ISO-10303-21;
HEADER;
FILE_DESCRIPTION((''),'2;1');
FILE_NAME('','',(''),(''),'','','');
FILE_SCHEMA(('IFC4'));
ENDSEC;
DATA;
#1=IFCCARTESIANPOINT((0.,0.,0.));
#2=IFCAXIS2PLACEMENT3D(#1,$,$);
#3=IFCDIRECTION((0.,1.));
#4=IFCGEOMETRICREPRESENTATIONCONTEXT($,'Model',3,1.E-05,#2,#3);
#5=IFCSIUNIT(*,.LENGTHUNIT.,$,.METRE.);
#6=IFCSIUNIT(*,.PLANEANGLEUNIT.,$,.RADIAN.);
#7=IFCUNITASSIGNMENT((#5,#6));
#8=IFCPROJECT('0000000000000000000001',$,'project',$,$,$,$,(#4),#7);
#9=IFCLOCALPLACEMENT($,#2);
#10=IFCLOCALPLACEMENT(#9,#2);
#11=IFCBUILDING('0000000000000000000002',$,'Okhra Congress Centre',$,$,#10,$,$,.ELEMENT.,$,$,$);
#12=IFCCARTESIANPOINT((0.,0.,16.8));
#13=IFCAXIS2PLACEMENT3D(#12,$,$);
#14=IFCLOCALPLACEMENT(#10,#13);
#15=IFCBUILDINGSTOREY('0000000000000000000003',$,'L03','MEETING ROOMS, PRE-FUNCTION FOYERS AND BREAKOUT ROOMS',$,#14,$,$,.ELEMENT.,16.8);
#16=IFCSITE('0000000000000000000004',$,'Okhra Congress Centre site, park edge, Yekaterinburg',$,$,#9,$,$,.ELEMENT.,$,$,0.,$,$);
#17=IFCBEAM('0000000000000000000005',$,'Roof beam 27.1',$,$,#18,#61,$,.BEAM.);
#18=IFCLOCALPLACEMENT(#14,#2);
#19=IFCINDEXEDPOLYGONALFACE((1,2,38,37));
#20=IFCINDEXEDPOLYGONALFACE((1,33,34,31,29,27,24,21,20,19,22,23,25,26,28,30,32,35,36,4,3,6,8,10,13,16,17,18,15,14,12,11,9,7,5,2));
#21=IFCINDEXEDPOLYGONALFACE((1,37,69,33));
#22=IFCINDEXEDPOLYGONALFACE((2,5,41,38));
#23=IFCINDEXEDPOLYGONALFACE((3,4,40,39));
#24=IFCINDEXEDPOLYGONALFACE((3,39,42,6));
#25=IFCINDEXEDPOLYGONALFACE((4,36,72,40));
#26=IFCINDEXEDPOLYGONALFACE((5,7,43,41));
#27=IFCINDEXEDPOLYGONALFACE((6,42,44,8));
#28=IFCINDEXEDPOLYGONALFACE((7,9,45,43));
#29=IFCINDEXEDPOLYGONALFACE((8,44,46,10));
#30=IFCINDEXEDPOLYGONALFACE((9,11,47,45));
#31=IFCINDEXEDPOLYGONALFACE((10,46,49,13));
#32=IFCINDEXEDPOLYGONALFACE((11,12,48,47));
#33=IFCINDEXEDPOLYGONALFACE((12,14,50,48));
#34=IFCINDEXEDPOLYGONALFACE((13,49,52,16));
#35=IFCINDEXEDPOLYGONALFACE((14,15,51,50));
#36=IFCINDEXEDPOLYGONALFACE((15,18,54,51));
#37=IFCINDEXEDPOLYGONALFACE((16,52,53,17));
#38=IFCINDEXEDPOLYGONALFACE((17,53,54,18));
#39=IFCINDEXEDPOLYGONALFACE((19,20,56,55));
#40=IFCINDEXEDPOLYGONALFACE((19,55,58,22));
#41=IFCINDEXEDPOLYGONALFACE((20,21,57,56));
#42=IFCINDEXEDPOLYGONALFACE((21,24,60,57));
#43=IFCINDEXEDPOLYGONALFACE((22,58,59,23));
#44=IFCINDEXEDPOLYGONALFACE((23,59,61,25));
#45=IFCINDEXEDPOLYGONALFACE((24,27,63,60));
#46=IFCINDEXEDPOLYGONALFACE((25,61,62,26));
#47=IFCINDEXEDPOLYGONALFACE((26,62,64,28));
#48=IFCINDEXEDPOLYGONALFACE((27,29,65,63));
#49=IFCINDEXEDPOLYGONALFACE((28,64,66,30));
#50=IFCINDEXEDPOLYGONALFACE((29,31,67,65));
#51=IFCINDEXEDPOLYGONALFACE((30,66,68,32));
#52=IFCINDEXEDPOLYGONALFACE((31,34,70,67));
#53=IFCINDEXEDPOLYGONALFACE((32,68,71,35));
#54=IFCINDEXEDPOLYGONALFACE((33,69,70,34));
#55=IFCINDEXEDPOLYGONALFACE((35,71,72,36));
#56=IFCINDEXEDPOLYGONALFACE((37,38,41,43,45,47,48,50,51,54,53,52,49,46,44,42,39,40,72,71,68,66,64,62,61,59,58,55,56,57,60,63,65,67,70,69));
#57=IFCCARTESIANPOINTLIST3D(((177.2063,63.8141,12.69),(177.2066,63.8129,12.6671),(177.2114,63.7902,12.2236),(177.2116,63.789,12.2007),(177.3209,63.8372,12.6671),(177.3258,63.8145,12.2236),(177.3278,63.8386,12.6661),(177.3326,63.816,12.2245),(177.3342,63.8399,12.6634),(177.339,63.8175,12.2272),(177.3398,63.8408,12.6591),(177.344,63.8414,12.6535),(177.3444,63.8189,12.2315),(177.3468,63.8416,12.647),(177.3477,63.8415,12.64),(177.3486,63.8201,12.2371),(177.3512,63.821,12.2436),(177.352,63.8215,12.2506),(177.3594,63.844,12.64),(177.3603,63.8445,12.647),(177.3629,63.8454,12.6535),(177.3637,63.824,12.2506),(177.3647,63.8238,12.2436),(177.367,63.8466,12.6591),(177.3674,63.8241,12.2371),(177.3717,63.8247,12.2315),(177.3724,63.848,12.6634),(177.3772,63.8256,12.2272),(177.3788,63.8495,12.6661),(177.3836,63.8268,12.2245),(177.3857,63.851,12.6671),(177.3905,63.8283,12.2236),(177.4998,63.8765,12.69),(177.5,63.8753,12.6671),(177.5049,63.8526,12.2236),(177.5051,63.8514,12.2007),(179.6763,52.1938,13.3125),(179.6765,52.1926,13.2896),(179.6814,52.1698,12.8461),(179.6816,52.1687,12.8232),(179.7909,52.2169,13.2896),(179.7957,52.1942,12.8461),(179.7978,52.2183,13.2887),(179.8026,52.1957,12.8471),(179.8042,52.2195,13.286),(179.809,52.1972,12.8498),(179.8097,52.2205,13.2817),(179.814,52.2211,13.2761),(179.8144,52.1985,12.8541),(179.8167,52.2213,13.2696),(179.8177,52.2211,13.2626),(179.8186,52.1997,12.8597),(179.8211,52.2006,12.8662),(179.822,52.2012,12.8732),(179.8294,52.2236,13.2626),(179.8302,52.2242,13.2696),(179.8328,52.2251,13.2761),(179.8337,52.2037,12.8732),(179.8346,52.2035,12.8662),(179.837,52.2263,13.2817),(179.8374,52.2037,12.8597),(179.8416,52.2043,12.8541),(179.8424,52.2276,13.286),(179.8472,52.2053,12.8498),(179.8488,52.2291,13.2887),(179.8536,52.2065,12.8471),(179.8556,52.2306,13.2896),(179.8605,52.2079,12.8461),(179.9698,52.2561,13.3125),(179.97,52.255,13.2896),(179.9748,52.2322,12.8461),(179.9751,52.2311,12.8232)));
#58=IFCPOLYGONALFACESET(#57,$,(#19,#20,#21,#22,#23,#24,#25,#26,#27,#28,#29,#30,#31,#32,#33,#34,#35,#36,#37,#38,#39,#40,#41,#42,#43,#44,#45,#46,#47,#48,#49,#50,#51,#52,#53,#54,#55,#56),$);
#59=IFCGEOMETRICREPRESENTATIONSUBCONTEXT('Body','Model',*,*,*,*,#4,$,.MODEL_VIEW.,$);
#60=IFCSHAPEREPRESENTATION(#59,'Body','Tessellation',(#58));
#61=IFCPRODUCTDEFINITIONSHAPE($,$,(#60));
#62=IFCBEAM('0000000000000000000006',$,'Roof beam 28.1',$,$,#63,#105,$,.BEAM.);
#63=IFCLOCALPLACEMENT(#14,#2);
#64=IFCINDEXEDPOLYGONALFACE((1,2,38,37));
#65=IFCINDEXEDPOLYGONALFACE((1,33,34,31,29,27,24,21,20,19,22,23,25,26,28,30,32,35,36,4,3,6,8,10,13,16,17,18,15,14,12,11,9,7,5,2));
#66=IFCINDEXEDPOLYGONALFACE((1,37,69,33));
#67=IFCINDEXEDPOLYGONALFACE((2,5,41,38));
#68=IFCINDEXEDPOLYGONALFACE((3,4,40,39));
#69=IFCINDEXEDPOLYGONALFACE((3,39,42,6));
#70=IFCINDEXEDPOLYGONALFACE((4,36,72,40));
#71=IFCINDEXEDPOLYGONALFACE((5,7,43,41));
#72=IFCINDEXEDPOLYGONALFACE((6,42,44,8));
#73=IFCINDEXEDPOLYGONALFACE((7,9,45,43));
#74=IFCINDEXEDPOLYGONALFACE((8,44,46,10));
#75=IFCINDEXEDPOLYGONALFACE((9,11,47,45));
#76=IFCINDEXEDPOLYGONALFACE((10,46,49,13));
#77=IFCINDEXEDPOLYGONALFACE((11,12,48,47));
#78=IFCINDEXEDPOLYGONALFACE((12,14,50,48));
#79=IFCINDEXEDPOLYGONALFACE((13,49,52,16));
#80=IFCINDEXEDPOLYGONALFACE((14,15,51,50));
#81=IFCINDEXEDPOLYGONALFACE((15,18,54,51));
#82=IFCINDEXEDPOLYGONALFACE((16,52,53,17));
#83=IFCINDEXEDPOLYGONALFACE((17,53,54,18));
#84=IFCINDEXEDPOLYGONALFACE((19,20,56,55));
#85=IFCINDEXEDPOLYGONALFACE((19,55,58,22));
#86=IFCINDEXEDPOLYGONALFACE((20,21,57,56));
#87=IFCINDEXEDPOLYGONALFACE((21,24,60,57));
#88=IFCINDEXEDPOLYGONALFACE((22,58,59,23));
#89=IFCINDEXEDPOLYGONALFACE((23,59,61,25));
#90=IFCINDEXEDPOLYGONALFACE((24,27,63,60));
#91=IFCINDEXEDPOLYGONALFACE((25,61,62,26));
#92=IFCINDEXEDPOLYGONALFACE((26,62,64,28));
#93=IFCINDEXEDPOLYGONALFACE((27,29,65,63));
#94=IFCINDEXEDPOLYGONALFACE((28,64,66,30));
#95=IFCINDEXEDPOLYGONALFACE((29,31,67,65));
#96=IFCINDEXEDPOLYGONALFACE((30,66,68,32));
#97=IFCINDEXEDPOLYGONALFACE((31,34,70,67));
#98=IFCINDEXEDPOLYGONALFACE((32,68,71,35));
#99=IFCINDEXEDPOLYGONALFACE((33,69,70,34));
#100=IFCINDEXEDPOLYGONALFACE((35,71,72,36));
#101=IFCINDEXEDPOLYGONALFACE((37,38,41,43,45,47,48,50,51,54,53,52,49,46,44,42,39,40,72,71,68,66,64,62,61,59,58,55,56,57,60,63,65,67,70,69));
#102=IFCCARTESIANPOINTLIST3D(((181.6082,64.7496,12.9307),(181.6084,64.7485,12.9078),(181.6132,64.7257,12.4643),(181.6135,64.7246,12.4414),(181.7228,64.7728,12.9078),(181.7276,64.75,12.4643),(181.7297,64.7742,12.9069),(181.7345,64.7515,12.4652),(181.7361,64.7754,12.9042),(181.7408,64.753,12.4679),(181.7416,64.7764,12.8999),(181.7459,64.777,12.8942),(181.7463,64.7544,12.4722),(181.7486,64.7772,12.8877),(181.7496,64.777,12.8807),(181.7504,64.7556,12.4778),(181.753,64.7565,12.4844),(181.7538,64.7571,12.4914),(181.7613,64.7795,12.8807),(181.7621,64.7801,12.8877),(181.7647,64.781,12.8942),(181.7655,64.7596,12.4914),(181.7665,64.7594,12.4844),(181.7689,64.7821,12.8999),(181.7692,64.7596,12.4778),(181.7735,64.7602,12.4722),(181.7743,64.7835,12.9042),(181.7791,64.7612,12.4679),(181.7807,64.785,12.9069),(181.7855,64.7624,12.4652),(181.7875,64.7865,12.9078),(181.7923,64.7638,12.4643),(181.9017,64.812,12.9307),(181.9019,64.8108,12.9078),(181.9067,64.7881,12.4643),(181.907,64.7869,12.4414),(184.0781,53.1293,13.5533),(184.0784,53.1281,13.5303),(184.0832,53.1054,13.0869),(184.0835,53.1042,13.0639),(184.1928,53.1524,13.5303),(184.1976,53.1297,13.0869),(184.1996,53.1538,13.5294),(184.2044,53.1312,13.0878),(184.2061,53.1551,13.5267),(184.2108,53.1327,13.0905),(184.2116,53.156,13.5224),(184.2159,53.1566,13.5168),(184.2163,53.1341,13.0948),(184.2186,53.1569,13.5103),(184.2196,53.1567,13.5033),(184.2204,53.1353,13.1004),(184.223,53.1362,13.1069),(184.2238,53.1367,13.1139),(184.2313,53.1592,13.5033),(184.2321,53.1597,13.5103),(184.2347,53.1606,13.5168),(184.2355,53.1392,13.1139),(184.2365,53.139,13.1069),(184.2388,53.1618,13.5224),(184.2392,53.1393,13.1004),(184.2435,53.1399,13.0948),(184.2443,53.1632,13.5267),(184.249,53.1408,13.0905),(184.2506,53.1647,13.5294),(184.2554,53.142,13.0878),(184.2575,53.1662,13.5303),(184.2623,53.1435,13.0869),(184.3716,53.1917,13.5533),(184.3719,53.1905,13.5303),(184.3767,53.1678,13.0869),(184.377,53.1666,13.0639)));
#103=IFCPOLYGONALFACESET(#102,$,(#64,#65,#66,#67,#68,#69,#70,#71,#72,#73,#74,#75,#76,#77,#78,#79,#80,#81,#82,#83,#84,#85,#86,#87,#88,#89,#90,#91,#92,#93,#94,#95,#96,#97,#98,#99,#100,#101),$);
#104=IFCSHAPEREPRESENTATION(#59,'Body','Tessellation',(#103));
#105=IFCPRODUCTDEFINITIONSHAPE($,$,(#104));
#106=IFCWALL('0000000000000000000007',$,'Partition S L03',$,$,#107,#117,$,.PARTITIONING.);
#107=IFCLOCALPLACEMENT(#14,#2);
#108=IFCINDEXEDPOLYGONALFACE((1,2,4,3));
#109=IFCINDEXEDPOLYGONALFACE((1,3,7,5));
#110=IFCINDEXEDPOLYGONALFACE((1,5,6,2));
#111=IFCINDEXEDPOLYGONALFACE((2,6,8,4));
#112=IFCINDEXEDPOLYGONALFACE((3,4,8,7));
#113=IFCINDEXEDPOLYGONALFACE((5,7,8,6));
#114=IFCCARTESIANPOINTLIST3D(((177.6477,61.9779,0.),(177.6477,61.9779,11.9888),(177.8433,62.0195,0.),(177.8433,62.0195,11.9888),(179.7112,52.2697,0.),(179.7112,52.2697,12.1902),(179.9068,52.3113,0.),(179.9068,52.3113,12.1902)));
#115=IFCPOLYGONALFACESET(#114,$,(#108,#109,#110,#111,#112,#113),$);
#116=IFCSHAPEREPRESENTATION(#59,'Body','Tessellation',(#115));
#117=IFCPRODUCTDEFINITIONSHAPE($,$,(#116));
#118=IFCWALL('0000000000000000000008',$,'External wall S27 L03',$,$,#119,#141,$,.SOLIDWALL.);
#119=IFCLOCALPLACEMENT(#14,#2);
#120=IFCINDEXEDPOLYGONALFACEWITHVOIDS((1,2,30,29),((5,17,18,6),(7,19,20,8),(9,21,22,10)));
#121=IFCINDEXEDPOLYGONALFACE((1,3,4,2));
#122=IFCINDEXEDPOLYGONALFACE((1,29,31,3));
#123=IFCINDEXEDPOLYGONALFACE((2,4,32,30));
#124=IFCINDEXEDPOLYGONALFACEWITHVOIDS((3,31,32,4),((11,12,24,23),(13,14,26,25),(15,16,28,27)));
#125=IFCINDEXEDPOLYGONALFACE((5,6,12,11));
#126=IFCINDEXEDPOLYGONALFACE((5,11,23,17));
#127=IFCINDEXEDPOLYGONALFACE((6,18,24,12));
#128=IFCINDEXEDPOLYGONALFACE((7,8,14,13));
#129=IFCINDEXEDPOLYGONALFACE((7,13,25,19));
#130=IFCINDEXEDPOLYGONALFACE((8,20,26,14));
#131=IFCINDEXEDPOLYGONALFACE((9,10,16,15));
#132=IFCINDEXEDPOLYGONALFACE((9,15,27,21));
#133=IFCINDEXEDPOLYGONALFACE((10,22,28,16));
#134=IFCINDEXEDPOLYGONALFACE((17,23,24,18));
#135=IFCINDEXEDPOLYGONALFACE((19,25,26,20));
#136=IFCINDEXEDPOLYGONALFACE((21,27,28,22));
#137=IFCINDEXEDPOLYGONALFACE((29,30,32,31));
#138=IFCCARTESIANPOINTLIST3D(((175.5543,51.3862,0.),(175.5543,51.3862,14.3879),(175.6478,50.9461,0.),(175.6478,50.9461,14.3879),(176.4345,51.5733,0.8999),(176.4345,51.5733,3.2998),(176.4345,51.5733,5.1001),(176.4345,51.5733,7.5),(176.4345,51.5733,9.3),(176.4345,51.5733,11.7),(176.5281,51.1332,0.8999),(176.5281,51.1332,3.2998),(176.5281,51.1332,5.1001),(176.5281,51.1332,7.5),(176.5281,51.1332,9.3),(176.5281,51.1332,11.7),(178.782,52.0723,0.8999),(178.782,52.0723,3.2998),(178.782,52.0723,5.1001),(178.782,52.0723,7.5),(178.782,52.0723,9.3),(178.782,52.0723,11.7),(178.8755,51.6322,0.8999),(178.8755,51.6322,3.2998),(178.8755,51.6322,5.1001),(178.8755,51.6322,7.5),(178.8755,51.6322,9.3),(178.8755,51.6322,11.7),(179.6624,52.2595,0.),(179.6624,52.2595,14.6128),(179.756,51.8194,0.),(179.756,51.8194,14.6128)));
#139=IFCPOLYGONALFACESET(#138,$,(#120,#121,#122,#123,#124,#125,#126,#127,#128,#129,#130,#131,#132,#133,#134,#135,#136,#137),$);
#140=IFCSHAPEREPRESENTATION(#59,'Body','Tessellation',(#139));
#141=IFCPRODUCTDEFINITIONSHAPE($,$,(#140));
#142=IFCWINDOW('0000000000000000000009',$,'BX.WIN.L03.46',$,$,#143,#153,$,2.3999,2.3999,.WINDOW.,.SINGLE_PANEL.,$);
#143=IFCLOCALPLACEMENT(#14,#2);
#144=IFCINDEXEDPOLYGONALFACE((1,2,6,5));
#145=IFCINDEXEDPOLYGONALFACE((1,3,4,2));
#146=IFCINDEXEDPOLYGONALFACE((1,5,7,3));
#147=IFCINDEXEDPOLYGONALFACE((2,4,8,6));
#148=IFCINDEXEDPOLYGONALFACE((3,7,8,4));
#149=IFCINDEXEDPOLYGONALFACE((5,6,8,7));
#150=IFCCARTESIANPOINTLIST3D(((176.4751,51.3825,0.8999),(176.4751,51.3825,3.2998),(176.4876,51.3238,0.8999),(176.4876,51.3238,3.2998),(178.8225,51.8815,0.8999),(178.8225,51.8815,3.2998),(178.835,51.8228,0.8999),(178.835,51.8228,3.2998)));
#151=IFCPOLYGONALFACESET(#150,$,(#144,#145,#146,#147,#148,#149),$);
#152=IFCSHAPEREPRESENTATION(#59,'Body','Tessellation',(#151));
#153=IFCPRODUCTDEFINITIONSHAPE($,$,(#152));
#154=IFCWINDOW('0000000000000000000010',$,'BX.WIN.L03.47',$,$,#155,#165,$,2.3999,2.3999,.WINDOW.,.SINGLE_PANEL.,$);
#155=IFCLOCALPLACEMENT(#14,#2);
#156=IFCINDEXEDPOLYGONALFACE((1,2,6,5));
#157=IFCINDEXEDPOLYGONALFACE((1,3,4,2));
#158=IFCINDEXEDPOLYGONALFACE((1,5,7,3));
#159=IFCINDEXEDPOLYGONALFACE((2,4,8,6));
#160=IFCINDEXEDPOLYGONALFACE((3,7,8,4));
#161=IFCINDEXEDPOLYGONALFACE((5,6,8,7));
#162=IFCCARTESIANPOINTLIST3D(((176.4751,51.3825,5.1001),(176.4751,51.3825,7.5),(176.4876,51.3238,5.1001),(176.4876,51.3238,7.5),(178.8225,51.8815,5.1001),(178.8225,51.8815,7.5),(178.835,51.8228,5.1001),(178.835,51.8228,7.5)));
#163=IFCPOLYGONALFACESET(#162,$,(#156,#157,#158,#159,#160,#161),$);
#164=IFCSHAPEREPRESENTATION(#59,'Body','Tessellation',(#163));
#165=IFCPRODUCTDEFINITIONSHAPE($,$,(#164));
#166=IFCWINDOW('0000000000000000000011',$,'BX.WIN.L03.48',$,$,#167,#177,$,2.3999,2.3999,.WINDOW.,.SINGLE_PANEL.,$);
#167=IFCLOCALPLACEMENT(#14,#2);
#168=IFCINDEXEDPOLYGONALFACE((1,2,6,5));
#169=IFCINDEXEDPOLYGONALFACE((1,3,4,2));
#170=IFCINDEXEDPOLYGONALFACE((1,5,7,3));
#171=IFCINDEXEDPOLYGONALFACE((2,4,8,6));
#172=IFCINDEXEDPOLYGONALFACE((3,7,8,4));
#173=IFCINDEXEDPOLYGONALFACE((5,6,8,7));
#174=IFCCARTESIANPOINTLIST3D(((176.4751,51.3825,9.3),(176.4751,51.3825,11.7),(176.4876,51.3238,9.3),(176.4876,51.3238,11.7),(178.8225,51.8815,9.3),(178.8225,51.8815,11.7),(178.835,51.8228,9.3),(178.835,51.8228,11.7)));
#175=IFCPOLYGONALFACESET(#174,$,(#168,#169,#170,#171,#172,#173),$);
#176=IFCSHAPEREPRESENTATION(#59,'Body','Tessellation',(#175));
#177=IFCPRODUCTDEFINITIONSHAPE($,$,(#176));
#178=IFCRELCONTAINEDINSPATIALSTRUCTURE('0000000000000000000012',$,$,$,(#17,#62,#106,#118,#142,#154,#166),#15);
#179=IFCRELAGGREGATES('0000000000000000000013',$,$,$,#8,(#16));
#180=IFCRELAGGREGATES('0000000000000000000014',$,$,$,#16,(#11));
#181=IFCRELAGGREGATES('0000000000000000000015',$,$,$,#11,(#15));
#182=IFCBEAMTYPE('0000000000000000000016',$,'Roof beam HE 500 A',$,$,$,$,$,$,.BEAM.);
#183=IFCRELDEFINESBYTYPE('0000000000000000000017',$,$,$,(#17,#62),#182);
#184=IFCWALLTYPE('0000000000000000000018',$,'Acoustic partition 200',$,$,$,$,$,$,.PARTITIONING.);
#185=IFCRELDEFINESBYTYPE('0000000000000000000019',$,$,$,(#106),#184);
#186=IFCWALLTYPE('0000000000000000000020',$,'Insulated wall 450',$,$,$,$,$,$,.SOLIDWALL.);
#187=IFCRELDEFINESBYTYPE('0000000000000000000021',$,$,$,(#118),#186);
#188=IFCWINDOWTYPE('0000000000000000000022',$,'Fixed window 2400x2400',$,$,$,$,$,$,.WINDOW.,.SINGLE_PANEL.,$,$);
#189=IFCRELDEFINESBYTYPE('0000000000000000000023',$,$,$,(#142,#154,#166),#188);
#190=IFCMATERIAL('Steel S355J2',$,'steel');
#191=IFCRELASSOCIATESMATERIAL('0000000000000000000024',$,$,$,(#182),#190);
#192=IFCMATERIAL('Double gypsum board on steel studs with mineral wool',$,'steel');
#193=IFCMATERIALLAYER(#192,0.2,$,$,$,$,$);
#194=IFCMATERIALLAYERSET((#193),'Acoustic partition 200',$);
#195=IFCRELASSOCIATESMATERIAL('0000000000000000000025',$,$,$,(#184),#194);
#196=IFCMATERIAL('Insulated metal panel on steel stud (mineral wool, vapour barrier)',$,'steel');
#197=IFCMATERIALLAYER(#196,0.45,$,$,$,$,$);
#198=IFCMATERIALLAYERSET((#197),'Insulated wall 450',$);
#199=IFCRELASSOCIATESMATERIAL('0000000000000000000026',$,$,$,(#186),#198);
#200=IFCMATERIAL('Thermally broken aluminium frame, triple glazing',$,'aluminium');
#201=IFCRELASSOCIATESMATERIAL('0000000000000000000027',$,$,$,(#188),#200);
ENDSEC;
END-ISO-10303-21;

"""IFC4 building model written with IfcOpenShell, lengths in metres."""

from ifc_helpers import new_model, si_unit, direction, frame, frame_2d, origin, origin_2d, place, context, subcontext, project, spatial, polyline, rectangle, i_section, outline, extrude, material, layer, layer_set, material_profile, profile_set, type_object, element, fill, save


model = new_model("IFC4")

# Units and contexts
model_context = context("Model", 3, precision=1e-05, world=origin(), true_north=direction((0.0, 1.0)))
body_context = subcontext(model_context, "Body", "Model", "MODEL_VIEW")
ifc_project = project(units=[si_unit("LENGTHUNIT", "METRE"), si_unit("PLANEANGLEUNIT", "RADIAN")], contexts=[model_context])

# Site, building, storey
site_placement = place(None, origin())
site = spatial("IfcSite", under=ifc_project, at=site_placement, Name="Okhra Congress Centre site, park edge, Yekaterinburg", CompositionType="ELEMENT", RefElevation=0.0)
building_placement = place(site_placement, origin())
building = spatial("IfcBuilding", under=site, at=building_placement, Name="Okhra Congress Centre", CompositionType="ELEMENT")
storey_placement = place(building_placement, frame((0.0, 0.0, 16.8)))
storey = spatial("IfcBuildingStorey", under=building, at=storey_placement, Name="L03", Description="MEETING ROOMS, PRE-FUNCTION FOYERS AND BREAKOUT ROOMS", CompositionType="ELEMENT", Elevation=16.8)

# Shared definitions
ifc_material_1 = material(Name="Steel S355J2", Category="steel")

# Beams
ifc_material_profile_1 = material_profile(ifc_material_1, i_section(OverallWidth=0.3, OverallDepth=0.49, WebThickness=0.012, FlangeThickness=0.0229, FilletRadius=0.0271, at=origin_2d()), Name="HE 500 A")
ifc_profile_set_1 = profile_set([ifc_material_profile_1], Name="Steel S355J2")
beam_type = type_object("IfcBeamType", Name="Roof beam HE 500 A", PredefinedType="BEAM", material=ifc_profile_set_1)
for number, where, z_axis, x_axis, name in (
    (1, (179.8257, 52.2124, 13.0679), (-0.207626, 0.976808, -0.052332), (-0.978148, -0.207911, 0.0), "Roof beam 27.1"),
    (2, (184.2275, 53.1479, 13.3086), (-0.207626, 0.976808, -0.052332), (-0.978148, -0.207911, 0.0), "Roof beam 28.1"),
):
    element("IfcBeam", number, at=place(storey_placement, frame(where, z_axis=z_axis, x_axis=x_axis)), inside=storey, type_object=beam_type, Name=name, PredefinedType="BEAM", context=body_context, shape_type="SweptSolid", body=[
        extrude(i_section(OverallWidth=0.3, OverallDepth=0.49, WebThickness=0.012, FlangeThickness=0.0229, FilletRadius=0.0271, at=origin_2d()), origin(), (0.0, 0.0, 1.0), 11.8962),
    ])

# Wall
ifc_material_2 = material(Name="Double gypsum board on steel studs with mineral wool", Category="steel")
ifc_layer_1 = layer(ifc_material_2, 0.2)
ifc_layer_set_1 = layer_set([ifc_layer_1], Name="Acoustic partition 200")
wall_type_1 = type_object("IfcWallType", Name="Acoustic partition 200", PredefinedType="PARTITIONING", material=ifc_layer_set_1)
wall_1_placement = place(storey_placement, frame((179.8091, 52.2905, 0.0), z_axis=(0.0, 0.0, 1.0), x_axis=(-0.207904, 0.978149, 0.0)))
element("IfcWall", 3, at=wall_1_placement, inside=storey, type_object=wall_type_1, Name="Partition S L03", PredefinedType="PARTITIONING", context=body_context, shape_type="SweptSolid", body=[
    extrude(outline(polyline([(0.0, 0.0), (9.925, 0.0), (9.925, 11.9888), (0.0, 12.1902), (0.0, 0.0)])), frame((0.0, 0.1001, 0.0), z_axis=(0.0, -1.0, 0.0), x_axis=(1.0, 0.0, 0.0)), (0.0, 0.0, 1.0), 0.2),
])

# Wall, openings, windows
ifc_material_3 = material(Name="Insulated metal panel on steel stud (mineral wool, vapour barrier)", Category="steel")
ifc_layer_2 = layer(ifc_material_3, 0.45)
ifc_layer_set_2 = layer_set([ifc_layer_2], Name="Insulated wall 450")
wall_type_2 = type_object("IfcWallType", Name="Insulated wall 450", PredefinedType="SOLIDWALL", material=ifc_layer_set_2)
wall_2_placement = place(storey_placement, frame((175.6011, 51.166, 0.0), z_axis=(0.0, 0.0, 1.0), x_axis=(0.978144, 0.207929, 0.0)))
wall_2 = element("IfcWall", 4, at=wall_2_placement, inside=storey, type_object=wall_type_2, Name="External wall S27 L03", PredefinedType="SOLIDWALL", context=body_context, shape_type="SweptSolid", body=[
    extrude(outline(polyline([(0.0, 0.0), (4.2, 0.0), (4.2, 14.6128), (0.0, 14.3879), (0.0, 0.0)])), frame((0.0, 0.2251, 0.0), z_axis=(0.0, -1.0, 0.0), x_axis=(1.0, 0.0, 0.0)), (0.0, 0.0, 1.0), 0.45),
])
opening_1_placement = place(wall_2_placement, frame((0.8999, 0.0, 0.8999)))
opening_1 = element("IfcOpeningElement", 5, at=opening_1_placement, cuts=wall_2, PredefinedType="OPENING", context=body_context, shape_type="SweptSolid", body=[
    extrude(rectangle(XDim=2.3999, YDim=2.3999, at=frame_2d((1.2, 1.2))), frame((0.0, 0.2349, 0.0), z_axis=(0.0, -1.0, 0.0), x_axis=(1.0, 0.0, 0.0)), (0.0, 0.0, 1.0), 0.47),
])
opening_2_placement = place(wall_2_placement, frame((0.8999, 0.0, 5.1001)))
opening_2 = element("IfcOpeningElement", 6, at=opening_2_placement, cuts=wall_2, PredefinedType="OPENING", context=body_context, shape_type="SweptSolid", body=[
    extrude(rectangle(XDim=2.3999, YDim=2.3999, at=frame_2d((1.2, 1.2))), frame((0.0, 0.2349, 0.0), z_axis=(0.0, -1.0, 0.0), x_axis=(1.0, 0.0, 0.0)), (0.0, 0.0, 1.0), 0.47),
])
opening_3_placement = place(wall_2_placement, frame((0.8999, 0.0, 9.3)))
opening_3 = element("IfcOpeningElement", 7, at=opening_3_placement, cuts=wall_2, PredefinedType="OPENING", context=body_context, shape_type="SweptSolid", body=[
    extrude(rectangle(XDim=2.3999, YDim=2.3999, at=frame_2d((1.2, 1.2))), frame((0.0, 0.2349, 0.0), z_axis=(0.0, -1.0, 0.0), x_axis=(1.0, 0.0, 0.0)), (0.0, 0.0, 1.0), 0.47),
])
ifc_material_4 = material(Name="Thermally broken aluminium frame, triple glazing", Category="aluminium")
window_type_1 = type_object("IfcWindowType", Name="Fixed window 2400x2400", PartitioningType="SINGLE_PANEL", PredefinedType="WINDOW", material=ifc_material_4)
window_1_placement = place(opening_1_placement, origin())
window_1 = element("IfcWindow", 8, at=window_1_placement, inside=storey, type_object=window_type_1, Name="BX.WIN.L03.46", OverallHeight=2.3999, OverallWidth=2.3999, PartitioningType="SINGLE_PANEL", PredefinedType="WINDOW", context=body_context, shape_type="SweptSolid", body=[
    extrude(rectangle(XDim=2.3999, YDim=2.3999, at=frame_2d((1.2, 1.2))), frame((0.0, 0.03, 0.0), z_axis=(0.0, -1.0, 0.0), x_axis=(1.0, 0.0, 0.0)), (0.0, 0.0, 1.0), 0.0601),
])
fill(opening_1, window_1)
window_2_placement = place(opening_2_placement, origin())
window_2 = element("IfcWindow", 9, at=window_2_placement, inside=storey, type_object=window_type_1, Name="BX.WIN.L03.47", OverallHeight=2.3999, OverallWidth=2.3999, PartitioningType="SINGLE_PANEL", PredefinedType="WINDOW", context=body_context, shape_type="SweptSolid", body=[
    extrude(rectangle(XDim=2.3999, YDim=2.3999, at=frame_2d((1.2, 1.2))), frame((0.0, 0.03, 0.0), z_axis=(0.0, -1.0, 0.0), x_axis=(1.0, 0.0, 0.0)), (0.0, 0.0, 1.0), 0.0601),
])
fill(opening_2, window_2)
window_3_placement = place(opening_3_placement, origin())
window_3 = element("IfcWindow", 10, at=window_3_placement, inside=storey, type_object=window_type_1, Name="BX.WIN.L03.48", OverallHeight=2.3999, OverallWidth=2.3999, PartitioningType="SINGLE_PANEL", PredefinedType="WINDOW", context=body_context, shape_type="SweptSolid", body=[
    extrude(rectangle(XDim=2.3999, YDim=2.3999, at=frame_2d((1.2, 1.2))), frame((0.0, 0.03, 0.0), z_axis=(0.0, -1.0, 0.0), x_axis=(1.0, 0.0, 0.0)), (0.0, 0.0, 1.0), 0.0601),
])
fill(opening_3, window_3)

save(model, "model.ifc")
